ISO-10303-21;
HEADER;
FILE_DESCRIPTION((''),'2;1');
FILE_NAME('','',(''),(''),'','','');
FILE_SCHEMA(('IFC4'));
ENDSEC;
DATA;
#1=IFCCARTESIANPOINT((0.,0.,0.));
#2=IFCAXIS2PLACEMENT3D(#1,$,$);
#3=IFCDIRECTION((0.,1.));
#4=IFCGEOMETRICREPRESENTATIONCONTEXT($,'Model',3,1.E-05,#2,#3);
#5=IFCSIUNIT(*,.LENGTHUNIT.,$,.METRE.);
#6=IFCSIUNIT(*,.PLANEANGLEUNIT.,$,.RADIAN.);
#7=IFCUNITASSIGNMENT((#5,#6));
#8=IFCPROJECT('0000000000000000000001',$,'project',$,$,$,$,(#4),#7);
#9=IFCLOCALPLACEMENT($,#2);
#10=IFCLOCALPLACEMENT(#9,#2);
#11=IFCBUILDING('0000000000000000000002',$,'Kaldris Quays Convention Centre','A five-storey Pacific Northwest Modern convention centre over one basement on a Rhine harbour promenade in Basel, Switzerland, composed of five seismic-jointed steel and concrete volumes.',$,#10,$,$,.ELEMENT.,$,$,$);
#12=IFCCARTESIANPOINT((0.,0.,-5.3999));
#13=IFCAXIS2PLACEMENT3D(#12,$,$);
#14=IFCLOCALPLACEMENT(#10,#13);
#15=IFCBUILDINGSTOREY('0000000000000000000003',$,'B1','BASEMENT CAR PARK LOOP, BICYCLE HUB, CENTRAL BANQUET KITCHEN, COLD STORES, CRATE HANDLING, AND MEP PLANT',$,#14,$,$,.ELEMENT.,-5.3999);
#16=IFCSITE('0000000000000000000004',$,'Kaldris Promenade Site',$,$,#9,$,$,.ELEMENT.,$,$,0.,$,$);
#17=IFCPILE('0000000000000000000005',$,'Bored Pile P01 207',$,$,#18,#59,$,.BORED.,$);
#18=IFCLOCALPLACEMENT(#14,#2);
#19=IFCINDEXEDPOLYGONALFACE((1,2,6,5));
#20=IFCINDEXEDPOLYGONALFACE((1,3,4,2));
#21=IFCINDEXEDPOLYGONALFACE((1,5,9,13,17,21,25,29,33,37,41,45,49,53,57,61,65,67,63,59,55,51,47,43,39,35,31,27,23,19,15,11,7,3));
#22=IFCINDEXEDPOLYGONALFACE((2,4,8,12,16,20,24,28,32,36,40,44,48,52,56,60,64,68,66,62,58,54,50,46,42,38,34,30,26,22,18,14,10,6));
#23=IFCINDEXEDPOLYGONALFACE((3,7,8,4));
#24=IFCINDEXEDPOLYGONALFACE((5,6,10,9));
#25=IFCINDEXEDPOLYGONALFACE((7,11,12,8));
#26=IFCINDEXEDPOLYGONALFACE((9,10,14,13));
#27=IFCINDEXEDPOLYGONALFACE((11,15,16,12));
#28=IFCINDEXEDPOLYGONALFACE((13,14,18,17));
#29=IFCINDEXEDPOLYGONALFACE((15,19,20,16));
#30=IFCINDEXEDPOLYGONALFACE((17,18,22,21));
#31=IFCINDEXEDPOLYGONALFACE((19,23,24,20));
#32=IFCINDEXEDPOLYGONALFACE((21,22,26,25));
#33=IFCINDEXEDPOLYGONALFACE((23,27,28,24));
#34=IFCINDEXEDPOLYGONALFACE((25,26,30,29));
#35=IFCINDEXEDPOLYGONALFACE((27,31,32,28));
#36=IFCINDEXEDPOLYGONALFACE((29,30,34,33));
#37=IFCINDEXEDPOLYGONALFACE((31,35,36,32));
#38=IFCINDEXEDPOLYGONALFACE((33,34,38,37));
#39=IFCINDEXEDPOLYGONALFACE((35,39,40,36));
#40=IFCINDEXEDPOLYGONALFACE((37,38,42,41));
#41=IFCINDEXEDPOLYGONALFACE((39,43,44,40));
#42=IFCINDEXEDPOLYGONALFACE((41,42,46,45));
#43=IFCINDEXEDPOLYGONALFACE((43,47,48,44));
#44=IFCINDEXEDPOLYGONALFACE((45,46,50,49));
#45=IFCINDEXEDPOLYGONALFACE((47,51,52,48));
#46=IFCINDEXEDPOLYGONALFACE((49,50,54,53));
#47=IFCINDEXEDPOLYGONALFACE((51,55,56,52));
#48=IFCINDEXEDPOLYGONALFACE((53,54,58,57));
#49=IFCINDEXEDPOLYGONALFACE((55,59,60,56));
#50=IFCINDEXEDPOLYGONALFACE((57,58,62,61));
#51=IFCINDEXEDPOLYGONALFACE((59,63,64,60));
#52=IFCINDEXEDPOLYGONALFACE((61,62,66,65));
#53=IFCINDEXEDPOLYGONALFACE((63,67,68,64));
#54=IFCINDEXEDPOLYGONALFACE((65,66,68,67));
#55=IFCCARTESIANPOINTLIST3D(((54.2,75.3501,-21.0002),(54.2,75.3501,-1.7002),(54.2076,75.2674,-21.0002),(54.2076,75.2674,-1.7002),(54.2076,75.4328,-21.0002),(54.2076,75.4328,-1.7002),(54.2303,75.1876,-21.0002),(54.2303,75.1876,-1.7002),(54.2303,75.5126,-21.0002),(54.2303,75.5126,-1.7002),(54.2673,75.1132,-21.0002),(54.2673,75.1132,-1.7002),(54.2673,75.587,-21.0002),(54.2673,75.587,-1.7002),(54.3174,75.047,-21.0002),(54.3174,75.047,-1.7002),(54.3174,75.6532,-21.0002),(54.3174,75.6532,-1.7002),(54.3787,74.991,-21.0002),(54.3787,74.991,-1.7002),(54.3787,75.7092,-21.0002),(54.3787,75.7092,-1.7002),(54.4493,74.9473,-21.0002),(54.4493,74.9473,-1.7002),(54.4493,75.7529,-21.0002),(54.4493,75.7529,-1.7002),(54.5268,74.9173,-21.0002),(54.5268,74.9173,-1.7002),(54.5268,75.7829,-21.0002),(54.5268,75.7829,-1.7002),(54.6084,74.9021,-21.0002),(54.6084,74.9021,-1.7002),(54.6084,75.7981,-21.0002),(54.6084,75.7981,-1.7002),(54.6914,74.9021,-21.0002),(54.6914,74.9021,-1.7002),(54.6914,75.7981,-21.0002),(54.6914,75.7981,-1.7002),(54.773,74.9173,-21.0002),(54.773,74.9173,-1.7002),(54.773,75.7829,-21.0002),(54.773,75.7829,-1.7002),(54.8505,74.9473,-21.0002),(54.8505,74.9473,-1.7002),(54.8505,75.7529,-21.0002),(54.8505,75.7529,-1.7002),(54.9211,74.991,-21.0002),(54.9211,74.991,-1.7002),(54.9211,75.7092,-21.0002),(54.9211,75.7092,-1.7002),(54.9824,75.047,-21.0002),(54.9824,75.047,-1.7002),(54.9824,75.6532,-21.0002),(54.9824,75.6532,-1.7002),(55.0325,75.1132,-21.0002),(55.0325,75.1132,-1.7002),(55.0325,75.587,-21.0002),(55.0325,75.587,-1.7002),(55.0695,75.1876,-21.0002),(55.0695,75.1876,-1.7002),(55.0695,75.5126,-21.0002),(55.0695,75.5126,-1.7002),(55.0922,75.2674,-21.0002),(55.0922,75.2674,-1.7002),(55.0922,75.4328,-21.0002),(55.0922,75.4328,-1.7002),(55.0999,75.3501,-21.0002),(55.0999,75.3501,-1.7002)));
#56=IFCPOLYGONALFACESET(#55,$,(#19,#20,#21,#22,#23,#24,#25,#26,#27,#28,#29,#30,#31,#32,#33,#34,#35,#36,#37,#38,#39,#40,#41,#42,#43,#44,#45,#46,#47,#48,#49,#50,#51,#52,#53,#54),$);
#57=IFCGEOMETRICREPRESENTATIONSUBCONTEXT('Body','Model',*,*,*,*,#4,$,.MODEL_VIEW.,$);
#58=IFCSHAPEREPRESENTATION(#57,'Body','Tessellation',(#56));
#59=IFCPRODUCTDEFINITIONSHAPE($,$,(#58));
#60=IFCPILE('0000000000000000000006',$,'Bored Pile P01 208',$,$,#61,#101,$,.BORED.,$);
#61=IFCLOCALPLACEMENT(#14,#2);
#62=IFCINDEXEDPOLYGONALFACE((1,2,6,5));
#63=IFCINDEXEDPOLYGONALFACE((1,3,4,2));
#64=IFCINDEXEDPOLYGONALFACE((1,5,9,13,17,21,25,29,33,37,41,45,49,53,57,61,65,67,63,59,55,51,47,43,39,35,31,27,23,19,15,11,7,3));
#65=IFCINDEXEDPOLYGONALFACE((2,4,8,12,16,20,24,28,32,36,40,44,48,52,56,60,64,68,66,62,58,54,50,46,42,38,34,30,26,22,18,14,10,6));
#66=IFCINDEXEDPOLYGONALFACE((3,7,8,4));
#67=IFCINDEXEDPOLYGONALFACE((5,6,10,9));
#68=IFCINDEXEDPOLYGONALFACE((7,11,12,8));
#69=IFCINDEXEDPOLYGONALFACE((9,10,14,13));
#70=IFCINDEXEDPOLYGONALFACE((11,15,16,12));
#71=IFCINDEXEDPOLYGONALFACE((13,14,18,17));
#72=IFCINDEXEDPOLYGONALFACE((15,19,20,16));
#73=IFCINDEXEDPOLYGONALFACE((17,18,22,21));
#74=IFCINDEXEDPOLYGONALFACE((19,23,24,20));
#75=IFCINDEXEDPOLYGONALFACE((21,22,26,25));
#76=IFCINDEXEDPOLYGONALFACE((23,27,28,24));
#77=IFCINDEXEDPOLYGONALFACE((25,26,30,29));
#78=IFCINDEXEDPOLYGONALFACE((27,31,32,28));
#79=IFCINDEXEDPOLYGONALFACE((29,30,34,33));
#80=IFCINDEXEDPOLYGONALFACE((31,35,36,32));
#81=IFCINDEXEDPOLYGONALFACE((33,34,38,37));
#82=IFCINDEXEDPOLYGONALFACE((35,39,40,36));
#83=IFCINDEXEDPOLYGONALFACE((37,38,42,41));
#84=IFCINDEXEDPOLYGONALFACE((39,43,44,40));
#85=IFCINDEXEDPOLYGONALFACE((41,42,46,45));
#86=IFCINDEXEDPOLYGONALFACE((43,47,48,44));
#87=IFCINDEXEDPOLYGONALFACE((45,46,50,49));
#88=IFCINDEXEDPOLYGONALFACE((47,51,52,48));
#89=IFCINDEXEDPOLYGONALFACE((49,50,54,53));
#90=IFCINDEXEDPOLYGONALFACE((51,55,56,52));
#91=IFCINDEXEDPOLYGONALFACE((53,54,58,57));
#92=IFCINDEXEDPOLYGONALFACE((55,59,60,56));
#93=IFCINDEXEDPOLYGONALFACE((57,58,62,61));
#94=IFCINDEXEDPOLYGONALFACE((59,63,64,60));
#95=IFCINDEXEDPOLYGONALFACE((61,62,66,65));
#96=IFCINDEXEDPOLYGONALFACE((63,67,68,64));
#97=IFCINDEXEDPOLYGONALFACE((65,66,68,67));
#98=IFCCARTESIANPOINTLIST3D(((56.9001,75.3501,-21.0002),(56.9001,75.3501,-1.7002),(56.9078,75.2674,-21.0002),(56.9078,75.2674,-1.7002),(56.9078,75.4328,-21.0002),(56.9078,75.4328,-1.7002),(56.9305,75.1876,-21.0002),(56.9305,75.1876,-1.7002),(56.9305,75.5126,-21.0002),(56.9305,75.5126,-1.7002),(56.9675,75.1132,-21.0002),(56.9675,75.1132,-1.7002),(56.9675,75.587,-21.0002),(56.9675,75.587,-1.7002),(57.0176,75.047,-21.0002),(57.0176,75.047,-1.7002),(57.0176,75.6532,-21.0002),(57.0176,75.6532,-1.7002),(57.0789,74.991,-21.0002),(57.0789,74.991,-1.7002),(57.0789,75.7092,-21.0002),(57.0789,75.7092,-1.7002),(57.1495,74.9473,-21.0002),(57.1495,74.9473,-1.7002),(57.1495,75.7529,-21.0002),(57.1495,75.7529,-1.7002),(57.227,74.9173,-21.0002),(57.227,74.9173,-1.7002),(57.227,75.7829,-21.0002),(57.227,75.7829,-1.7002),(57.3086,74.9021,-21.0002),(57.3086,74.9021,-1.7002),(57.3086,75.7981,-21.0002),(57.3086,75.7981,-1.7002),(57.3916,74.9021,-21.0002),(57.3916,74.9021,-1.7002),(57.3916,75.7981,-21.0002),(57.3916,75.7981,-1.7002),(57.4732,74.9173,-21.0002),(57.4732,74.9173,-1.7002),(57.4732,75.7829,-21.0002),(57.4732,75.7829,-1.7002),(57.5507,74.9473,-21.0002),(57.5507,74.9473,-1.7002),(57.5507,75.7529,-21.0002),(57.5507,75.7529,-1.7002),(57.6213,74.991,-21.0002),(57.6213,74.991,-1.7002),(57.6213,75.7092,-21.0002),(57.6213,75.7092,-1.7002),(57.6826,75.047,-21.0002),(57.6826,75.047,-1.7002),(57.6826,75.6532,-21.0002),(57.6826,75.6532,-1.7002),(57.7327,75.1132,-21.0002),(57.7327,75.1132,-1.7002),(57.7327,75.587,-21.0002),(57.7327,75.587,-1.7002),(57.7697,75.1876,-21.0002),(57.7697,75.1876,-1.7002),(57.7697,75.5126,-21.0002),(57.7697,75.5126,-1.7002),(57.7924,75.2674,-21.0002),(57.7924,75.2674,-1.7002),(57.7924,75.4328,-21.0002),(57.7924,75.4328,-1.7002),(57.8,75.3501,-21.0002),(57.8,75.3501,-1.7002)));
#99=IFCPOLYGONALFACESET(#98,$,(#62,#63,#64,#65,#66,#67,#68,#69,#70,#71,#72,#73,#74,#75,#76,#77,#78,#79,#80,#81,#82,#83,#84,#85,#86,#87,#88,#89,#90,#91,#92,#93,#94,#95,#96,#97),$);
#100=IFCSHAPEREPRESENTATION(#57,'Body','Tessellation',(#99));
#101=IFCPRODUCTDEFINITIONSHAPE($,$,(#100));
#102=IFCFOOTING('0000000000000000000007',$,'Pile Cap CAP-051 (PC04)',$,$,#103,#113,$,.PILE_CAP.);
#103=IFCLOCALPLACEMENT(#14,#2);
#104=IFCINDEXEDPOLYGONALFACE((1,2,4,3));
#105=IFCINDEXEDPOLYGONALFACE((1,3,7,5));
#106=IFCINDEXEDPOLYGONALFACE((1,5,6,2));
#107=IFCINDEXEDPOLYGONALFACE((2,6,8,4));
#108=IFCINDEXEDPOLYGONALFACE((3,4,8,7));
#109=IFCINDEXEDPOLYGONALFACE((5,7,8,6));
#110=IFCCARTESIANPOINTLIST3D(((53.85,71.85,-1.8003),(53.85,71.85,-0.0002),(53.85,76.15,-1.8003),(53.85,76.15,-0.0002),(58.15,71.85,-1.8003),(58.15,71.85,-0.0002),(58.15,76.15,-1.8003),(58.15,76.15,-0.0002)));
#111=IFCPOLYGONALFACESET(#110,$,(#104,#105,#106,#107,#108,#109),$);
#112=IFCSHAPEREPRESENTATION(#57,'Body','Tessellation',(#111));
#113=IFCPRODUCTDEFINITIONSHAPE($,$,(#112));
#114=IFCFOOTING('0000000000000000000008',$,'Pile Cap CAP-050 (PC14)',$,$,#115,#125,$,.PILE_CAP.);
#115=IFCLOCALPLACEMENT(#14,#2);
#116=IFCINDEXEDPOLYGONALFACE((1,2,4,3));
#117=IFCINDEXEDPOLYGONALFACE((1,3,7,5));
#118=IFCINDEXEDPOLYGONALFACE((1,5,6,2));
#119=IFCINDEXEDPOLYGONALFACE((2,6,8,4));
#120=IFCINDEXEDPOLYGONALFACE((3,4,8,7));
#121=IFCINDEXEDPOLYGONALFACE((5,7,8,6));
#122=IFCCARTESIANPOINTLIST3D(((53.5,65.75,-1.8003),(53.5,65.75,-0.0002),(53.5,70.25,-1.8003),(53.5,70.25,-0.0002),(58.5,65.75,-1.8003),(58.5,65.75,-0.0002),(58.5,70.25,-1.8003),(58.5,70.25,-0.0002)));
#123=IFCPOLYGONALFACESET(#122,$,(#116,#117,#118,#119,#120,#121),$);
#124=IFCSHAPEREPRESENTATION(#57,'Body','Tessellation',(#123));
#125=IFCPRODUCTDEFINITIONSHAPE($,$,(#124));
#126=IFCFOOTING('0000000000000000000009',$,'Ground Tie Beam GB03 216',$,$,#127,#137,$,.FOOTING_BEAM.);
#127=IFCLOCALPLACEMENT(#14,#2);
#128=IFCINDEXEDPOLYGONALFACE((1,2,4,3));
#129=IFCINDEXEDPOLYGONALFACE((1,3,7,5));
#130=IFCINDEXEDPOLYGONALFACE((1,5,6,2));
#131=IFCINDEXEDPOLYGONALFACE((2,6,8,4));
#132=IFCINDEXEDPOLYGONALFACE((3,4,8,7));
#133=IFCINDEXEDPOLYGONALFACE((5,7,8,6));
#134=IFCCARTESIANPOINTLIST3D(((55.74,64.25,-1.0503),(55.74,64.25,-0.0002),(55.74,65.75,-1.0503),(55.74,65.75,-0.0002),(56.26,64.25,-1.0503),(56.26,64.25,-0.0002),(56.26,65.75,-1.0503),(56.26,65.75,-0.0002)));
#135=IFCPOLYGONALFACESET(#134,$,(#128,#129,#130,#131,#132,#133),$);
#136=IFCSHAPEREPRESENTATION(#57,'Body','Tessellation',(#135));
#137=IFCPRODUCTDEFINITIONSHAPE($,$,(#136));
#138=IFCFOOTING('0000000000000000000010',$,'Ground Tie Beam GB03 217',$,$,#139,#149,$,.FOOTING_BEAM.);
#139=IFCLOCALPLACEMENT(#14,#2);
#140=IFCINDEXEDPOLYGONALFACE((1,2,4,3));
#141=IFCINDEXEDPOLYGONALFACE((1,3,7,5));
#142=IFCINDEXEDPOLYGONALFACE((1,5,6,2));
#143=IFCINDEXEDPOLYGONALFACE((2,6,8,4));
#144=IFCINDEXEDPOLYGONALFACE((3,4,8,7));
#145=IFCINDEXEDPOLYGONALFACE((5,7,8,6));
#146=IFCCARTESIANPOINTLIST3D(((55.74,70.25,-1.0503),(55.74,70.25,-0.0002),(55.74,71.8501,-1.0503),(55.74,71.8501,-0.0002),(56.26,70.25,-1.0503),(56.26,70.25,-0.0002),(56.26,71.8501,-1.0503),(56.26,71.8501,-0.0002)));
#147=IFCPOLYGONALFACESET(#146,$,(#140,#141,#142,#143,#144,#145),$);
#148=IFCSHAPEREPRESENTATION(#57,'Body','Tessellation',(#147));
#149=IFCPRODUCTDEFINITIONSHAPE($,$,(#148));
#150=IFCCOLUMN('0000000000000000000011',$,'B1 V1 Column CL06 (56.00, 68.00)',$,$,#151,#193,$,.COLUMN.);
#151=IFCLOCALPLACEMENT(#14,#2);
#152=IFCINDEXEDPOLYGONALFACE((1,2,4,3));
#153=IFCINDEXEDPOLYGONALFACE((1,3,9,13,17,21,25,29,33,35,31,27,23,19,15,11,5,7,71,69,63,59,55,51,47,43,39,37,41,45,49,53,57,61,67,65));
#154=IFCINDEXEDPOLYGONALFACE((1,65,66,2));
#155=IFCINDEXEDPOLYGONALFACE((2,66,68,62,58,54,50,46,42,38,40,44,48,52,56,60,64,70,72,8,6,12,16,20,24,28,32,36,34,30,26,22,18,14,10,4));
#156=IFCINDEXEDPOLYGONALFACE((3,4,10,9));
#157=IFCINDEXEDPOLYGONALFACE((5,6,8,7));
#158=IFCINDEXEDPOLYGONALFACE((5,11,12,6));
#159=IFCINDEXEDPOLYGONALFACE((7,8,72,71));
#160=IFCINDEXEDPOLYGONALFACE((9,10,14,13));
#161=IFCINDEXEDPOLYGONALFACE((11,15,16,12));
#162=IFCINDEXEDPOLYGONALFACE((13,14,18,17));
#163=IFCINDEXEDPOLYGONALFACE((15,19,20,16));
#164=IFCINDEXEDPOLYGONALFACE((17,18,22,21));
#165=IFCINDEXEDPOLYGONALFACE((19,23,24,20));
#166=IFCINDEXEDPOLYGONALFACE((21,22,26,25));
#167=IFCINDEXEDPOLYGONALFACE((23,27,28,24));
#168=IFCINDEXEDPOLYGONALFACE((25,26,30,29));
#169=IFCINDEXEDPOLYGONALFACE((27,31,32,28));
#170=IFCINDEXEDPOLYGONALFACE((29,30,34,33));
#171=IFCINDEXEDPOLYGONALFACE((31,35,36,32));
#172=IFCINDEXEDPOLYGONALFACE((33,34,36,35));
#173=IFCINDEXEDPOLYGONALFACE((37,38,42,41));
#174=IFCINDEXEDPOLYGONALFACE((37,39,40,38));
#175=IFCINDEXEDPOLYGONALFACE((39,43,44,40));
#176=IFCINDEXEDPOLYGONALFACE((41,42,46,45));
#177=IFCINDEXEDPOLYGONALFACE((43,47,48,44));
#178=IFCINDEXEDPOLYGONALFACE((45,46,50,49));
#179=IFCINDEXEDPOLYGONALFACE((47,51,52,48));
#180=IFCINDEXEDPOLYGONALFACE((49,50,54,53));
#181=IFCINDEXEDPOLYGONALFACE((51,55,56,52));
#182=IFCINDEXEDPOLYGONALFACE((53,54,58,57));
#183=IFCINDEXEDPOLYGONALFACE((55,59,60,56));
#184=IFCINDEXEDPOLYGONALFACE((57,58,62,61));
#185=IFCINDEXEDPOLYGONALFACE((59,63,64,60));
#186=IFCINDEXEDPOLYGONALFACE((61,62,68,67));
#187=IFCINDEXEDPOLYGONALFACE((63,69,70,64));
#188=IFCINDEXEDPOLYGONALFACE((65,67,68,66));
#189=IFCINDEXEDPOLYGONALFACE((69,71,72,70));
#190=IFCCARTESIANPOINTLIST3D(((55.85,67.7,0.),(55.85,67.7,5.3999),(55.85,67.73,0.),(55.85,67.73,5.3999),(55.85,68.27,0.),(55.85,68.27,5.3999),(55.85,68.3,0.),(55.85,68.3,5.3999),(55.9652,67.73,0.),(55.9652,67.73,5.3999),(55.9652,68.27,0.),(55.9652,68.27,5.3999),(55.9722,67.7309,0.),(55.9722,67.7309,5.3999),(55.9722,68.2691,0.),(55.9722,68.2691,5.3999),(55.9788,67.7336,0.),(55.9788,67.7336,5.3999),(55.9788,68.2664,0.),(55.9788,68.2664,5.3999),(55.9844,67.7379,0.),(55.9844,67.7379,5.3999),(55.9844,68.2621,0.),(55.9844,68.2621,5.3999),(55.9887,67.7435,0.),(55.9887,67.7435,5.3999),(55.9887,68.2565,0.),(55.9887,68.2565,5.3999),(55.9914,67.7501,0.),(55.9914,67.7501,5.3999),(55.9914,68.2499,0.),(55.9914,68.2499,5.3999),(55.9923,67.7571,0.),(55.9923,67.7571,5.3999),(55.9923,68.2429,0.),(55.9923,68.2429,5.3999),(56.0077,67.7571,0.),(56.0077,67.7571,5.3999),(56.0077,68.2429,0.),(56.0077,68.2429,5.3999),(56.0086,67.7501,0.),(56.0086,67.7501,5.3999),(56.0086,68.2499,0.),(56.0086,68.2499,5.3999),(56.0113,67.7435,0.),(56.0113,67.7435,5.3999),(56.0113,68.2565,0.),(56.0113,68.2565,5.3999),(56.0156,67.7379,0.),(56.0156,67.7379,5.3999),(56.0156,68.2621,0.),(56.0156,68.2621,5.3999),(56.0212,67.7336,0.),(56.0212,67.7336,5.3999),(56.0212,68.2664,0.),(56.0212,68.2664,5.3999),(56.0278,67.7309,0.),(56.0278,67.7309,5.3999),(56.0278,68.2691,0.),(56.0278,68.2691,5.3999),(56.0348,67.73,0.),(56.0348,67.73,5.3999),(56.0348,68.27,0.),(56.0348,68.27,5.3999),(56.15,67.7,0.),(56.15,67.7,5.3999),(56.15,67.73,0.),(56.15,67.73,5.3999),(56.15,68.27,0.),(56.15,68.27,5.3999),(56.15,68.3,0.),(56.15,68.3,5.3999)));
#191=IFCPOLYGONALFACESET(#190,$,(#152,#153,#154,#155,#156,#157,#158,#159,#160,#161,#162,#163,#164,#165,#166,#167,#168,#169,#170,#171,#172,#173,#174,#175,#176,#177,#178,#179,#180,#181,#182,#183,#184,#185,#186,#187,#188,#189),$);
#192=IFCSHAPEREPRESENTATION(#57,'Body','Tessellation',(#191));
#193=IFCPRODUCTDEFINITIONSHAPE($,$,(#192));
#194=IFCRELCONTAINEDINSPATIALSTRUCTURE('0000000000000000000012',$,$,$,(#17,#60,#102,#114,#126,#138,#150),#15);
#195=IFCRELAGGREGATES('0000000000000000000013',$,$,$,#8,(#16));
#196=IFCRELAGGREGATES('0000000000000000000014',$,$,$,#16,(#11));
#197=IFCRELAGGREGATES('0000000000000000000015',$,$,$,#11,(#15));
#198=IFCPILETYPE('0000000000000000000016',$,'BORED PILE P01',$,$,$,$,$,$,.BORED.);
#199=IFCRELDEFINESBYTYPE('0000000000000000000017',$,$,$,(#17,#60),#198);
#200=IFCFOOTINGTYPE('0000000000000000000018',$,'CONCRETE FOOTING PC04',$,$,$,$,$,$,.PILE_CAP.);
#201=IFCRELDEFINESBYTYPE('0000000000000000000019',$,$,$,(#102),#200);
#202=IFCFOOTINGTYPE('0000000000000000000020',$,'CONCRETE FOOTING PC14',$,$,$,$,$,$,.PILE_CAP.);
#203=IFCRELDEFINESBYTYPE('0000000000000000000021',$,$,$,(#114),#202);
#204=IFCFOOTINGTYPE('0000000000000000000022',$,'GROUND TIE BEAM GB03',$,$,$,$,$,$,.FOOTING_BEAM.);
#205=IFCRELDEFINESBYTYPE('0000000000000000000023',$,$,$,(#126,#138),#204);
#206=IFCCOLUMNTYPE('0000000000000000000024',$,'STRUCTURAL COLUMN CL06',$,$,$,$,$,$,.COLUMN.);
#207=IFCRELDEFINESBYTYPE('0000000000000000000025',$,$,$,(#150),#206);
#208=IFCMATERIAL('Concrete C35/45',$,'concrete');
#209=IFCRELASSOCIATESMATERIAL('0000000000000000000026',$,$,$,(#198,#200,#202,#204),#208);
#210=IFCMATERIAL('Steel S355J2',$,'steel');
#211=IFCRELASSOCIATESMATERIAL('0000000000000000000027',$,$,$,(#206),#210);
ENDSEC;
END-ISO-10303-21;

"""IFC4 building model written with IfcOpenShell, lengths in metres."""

from ifc_helpers import new_model, si_unit, direction, frame, origin, origin_2d, place, context, subcontext, project, spatial, rectangle, circle, i_section, extrude, material, material_profile, profile_set, type_object, element, save


model = new_model("IFC4")

# Units and contexts
model_context = context("Model", 3, precision=1e-05, world=origin(), true_north=direction((0.0, 1.0)))
body_context = subcontext(model_context, "Body", "Model", "MODEL_VIEW")
ifc_project = project(units=[si_unit("LENGTHUNIT", "METRE"), si_unit("PLANEANGLEUNIT", "RADIAN")], contexts=[model_context])

# Site, building, storey
site_placement = place(None, origin())
site = spatial("IfcSite", under=ifc_project, at=site_placement, Name="Kaldris Promenade Site", CompositionType="ELEMENT", RefElevation=0.0)
building_placement = place(site_placement, origin())
building = spatial("IfcBuilding", under=site, at=building_placement, Name="Kaldris Quays Convention Centre", Description="A five-storey Pacific Northwest Modern convention centre over one basement on a Rhine harbour promenade in Basel, Switzerland, composed of five seismic-jointed steel and concrete volumes.", CompositionType="ELEMENT")
storey_placement = place(building_placement, frame((0.0, 0.0, -5.3999)))
storey = spatial("IfcBuildingStorey", under=building, at=storey_placement, Name="B1", Description="BASEMENT CAR PARK LOOP, BICYCLE HUB, CENTRAL BANQUET KITCHEN, COLD STORES, CRATE HANDLING, AND MEP PLANT", CompositionType="ELEMENT", Elevation=-5.3999)

# Piles
ifc_material_1 = material(Name="Concrete C35/45", Category="concrete")
ifc_material_profile_1 = material_profile(ifc_material_1, circle(Radius=0.45, at=origin_2d()), Name="BORED PILE D900")
ifc_profile_set_1 = profile_set([ifc_material_profile_1], Name="Concrete C35/45")
pile_type = type_object("IfcPileType", Name="BORED PILE P01", PredefinedType="BORED", material=ifc_profile_set_1)
for number, where, z_axis, x_axis, name in (
    (1, (54.6499, 75.3501, -1.7002), (0.0, 0.0, -1.0), (1.0, 0.0, 0.0), "Bored Pile P01 207"),
    (2, (57.3501, 75.3501, -1.7002), (0.0, 0.0, -1.0), (1.0, 0.0, 0.0), "Bored Pile P01 208"),
):
    element("IfcPile", number, at=place(storey_placement, frame(where, z_axis=z_axis, x_axis=x_axis)), inside=storey, type_object=pile_type, Name=name, PredefinedType="BORED", context=body_context, shape_type="SweptSolid", body=[
        extrude(circle(Radius=0.45, at=origin_2d()), origin(), (0.0, 0.0, 1.0), 19.3),
    ])

# Footings
footing_type_1 = type_object("IfcFootingType", Name="CONCRETE FOOTING PC04", PredefinedType="PILE_CAP", material=ifc_material_1)
footing_1_placement = place(storey_placement, frame((56.0, 74.0, -1.8003), z_axis=(0.0, 0.0, 1.0), x_axis=(1.0, 0.0, 0.0)))
element("IfcFooting", 3, at=footing_1_placement, inside=storey, type_object=footing_type_1, Name="Pile Cap CAP-051 (PC04)", PredefinedType="PILE_CAP", context=body_context, shape_type="SweptSolid", body=[
    extrude(rectangle(XDim=4.3, YDim=4.3, at=origin_2d()), origin(), (0.0, 0.0, 1.0), 1.8),
])
footing_type_2 = type_object("IfcFootingType", Name="CONCRETE FOOTING PC14", PredefinedType="PILE_CAP", material=ifc_material_1)
footing_2_placement = place(storey_placement, frame((56.0, 68.0, -1.8003), z_axis=(0.0, 0.0, 1.0), x_axis=(1.0, 0.0, 0.0)))
element("IfcFooting", 4, at=footing_2_placement, inside=storey, type_object=footing_type_2, Name="Pile Cap CAP-050 (PC14)", PredefinedType="PILE_CAP", context=body_context, shape_type="SweptSolid", body=[
    extrude(rectangle(XDim=5.0, YDim=4.5, at=origin_2d()), origin(), (0.0, 0.0, 1.0), 1.8),
])
footing_type_3 = type_object("IfcFootingType", Name="GROUND TIE BEAM GB03", PredefinedType="FOOTING_BEAM", material=ifc_material_1)
footing_3_placement = place(storey_placement, frame((56.0, 65.0, -1.0503), z_axis=(0.0, 0.0, 1.0), x_axis=(1.0, 0.0, 0.0)))
element("IfcFooting", 5, at=footing_3_placement, inside=storey, type_object=footing_type_3, Name="Ground Tie Beam GB03 216", PredefinedType="FOOTING_BEAM", context=body_context, shape_type="SweptSolid", body=[
    extrude(rectangle(XDim=0.52, YDim=1.5, at=origin_2d()), origin(), (0.0, 0.0, 1.0), 1.05),
])
footing_4_placement = place(storey_placement, frame((56.0, 71.05, -1.0503), z_axis=(0.0, 0.0, 1.0), x_axis=(1.0, 0.0, 0.0)))
element("IfcFooting", 6, at=footing_4_placement, inside=storey, type_object=footing_type_3, Name="Ground Tie Beam GB03 217", PredefinedType="FOOTING_BEAM", context=body_context, shape_type="SweptSolid", body=[
    extrude(rectangle(XDim=0.52, YDim=1.6001, at=origin_2d()), origin(), (0.0, 0.0, 1.0), 1.05),
])

# Column
ifc_material_2 = material(Name="Steel S355J2", Category="steel")
ifc_material_profile_2 = material_profile(ifc_material_2, i_section(OverallWidth=0.3, OverallDepth=0.6001, WebThickness=0.0154, FlangeThickness=0.03, FilletRadius=0.0271, at=origin_2d()), Name="HEB 600")
ifc_profile_set_2 = profile_set([ifc_material_profile_2], Name="Steel S355J2")
column_type = type_object("IfcColumnType", Name="STRUCTURAL COLUMN CL06", PredefinedType="COLUMN", material=ifc_profile_set_2)
for number, where, z_axis, x_axis, name in (
    (7, (56.0, 68.0, 0.0), (0.0, 0.0, 1.0), (1.0, 0.0, 0.0), "B1 V1 Column CL06 (56.00, 68.00)"),
):
    element("IfcColumn", number, at=place(storey_placement, frame(where, z_axis=z_axis, x_axis=x_axis)), inside=storey, type_object=column_type, Name=name, PredefinedType="COLUMN", context=body_context, shape_type="SweptSolid", body=[
        extrude(i_section(OverallWidth=0.3, OverallDepth=0.6001, WebThickness=0.0154, FlangeThickness=0.03, FilletRadius=0.0271, at=origin_2d()), origin(), (0.0, 0.0, 1.0), 5.3999),
    ])

save(model, "model.ifc")
